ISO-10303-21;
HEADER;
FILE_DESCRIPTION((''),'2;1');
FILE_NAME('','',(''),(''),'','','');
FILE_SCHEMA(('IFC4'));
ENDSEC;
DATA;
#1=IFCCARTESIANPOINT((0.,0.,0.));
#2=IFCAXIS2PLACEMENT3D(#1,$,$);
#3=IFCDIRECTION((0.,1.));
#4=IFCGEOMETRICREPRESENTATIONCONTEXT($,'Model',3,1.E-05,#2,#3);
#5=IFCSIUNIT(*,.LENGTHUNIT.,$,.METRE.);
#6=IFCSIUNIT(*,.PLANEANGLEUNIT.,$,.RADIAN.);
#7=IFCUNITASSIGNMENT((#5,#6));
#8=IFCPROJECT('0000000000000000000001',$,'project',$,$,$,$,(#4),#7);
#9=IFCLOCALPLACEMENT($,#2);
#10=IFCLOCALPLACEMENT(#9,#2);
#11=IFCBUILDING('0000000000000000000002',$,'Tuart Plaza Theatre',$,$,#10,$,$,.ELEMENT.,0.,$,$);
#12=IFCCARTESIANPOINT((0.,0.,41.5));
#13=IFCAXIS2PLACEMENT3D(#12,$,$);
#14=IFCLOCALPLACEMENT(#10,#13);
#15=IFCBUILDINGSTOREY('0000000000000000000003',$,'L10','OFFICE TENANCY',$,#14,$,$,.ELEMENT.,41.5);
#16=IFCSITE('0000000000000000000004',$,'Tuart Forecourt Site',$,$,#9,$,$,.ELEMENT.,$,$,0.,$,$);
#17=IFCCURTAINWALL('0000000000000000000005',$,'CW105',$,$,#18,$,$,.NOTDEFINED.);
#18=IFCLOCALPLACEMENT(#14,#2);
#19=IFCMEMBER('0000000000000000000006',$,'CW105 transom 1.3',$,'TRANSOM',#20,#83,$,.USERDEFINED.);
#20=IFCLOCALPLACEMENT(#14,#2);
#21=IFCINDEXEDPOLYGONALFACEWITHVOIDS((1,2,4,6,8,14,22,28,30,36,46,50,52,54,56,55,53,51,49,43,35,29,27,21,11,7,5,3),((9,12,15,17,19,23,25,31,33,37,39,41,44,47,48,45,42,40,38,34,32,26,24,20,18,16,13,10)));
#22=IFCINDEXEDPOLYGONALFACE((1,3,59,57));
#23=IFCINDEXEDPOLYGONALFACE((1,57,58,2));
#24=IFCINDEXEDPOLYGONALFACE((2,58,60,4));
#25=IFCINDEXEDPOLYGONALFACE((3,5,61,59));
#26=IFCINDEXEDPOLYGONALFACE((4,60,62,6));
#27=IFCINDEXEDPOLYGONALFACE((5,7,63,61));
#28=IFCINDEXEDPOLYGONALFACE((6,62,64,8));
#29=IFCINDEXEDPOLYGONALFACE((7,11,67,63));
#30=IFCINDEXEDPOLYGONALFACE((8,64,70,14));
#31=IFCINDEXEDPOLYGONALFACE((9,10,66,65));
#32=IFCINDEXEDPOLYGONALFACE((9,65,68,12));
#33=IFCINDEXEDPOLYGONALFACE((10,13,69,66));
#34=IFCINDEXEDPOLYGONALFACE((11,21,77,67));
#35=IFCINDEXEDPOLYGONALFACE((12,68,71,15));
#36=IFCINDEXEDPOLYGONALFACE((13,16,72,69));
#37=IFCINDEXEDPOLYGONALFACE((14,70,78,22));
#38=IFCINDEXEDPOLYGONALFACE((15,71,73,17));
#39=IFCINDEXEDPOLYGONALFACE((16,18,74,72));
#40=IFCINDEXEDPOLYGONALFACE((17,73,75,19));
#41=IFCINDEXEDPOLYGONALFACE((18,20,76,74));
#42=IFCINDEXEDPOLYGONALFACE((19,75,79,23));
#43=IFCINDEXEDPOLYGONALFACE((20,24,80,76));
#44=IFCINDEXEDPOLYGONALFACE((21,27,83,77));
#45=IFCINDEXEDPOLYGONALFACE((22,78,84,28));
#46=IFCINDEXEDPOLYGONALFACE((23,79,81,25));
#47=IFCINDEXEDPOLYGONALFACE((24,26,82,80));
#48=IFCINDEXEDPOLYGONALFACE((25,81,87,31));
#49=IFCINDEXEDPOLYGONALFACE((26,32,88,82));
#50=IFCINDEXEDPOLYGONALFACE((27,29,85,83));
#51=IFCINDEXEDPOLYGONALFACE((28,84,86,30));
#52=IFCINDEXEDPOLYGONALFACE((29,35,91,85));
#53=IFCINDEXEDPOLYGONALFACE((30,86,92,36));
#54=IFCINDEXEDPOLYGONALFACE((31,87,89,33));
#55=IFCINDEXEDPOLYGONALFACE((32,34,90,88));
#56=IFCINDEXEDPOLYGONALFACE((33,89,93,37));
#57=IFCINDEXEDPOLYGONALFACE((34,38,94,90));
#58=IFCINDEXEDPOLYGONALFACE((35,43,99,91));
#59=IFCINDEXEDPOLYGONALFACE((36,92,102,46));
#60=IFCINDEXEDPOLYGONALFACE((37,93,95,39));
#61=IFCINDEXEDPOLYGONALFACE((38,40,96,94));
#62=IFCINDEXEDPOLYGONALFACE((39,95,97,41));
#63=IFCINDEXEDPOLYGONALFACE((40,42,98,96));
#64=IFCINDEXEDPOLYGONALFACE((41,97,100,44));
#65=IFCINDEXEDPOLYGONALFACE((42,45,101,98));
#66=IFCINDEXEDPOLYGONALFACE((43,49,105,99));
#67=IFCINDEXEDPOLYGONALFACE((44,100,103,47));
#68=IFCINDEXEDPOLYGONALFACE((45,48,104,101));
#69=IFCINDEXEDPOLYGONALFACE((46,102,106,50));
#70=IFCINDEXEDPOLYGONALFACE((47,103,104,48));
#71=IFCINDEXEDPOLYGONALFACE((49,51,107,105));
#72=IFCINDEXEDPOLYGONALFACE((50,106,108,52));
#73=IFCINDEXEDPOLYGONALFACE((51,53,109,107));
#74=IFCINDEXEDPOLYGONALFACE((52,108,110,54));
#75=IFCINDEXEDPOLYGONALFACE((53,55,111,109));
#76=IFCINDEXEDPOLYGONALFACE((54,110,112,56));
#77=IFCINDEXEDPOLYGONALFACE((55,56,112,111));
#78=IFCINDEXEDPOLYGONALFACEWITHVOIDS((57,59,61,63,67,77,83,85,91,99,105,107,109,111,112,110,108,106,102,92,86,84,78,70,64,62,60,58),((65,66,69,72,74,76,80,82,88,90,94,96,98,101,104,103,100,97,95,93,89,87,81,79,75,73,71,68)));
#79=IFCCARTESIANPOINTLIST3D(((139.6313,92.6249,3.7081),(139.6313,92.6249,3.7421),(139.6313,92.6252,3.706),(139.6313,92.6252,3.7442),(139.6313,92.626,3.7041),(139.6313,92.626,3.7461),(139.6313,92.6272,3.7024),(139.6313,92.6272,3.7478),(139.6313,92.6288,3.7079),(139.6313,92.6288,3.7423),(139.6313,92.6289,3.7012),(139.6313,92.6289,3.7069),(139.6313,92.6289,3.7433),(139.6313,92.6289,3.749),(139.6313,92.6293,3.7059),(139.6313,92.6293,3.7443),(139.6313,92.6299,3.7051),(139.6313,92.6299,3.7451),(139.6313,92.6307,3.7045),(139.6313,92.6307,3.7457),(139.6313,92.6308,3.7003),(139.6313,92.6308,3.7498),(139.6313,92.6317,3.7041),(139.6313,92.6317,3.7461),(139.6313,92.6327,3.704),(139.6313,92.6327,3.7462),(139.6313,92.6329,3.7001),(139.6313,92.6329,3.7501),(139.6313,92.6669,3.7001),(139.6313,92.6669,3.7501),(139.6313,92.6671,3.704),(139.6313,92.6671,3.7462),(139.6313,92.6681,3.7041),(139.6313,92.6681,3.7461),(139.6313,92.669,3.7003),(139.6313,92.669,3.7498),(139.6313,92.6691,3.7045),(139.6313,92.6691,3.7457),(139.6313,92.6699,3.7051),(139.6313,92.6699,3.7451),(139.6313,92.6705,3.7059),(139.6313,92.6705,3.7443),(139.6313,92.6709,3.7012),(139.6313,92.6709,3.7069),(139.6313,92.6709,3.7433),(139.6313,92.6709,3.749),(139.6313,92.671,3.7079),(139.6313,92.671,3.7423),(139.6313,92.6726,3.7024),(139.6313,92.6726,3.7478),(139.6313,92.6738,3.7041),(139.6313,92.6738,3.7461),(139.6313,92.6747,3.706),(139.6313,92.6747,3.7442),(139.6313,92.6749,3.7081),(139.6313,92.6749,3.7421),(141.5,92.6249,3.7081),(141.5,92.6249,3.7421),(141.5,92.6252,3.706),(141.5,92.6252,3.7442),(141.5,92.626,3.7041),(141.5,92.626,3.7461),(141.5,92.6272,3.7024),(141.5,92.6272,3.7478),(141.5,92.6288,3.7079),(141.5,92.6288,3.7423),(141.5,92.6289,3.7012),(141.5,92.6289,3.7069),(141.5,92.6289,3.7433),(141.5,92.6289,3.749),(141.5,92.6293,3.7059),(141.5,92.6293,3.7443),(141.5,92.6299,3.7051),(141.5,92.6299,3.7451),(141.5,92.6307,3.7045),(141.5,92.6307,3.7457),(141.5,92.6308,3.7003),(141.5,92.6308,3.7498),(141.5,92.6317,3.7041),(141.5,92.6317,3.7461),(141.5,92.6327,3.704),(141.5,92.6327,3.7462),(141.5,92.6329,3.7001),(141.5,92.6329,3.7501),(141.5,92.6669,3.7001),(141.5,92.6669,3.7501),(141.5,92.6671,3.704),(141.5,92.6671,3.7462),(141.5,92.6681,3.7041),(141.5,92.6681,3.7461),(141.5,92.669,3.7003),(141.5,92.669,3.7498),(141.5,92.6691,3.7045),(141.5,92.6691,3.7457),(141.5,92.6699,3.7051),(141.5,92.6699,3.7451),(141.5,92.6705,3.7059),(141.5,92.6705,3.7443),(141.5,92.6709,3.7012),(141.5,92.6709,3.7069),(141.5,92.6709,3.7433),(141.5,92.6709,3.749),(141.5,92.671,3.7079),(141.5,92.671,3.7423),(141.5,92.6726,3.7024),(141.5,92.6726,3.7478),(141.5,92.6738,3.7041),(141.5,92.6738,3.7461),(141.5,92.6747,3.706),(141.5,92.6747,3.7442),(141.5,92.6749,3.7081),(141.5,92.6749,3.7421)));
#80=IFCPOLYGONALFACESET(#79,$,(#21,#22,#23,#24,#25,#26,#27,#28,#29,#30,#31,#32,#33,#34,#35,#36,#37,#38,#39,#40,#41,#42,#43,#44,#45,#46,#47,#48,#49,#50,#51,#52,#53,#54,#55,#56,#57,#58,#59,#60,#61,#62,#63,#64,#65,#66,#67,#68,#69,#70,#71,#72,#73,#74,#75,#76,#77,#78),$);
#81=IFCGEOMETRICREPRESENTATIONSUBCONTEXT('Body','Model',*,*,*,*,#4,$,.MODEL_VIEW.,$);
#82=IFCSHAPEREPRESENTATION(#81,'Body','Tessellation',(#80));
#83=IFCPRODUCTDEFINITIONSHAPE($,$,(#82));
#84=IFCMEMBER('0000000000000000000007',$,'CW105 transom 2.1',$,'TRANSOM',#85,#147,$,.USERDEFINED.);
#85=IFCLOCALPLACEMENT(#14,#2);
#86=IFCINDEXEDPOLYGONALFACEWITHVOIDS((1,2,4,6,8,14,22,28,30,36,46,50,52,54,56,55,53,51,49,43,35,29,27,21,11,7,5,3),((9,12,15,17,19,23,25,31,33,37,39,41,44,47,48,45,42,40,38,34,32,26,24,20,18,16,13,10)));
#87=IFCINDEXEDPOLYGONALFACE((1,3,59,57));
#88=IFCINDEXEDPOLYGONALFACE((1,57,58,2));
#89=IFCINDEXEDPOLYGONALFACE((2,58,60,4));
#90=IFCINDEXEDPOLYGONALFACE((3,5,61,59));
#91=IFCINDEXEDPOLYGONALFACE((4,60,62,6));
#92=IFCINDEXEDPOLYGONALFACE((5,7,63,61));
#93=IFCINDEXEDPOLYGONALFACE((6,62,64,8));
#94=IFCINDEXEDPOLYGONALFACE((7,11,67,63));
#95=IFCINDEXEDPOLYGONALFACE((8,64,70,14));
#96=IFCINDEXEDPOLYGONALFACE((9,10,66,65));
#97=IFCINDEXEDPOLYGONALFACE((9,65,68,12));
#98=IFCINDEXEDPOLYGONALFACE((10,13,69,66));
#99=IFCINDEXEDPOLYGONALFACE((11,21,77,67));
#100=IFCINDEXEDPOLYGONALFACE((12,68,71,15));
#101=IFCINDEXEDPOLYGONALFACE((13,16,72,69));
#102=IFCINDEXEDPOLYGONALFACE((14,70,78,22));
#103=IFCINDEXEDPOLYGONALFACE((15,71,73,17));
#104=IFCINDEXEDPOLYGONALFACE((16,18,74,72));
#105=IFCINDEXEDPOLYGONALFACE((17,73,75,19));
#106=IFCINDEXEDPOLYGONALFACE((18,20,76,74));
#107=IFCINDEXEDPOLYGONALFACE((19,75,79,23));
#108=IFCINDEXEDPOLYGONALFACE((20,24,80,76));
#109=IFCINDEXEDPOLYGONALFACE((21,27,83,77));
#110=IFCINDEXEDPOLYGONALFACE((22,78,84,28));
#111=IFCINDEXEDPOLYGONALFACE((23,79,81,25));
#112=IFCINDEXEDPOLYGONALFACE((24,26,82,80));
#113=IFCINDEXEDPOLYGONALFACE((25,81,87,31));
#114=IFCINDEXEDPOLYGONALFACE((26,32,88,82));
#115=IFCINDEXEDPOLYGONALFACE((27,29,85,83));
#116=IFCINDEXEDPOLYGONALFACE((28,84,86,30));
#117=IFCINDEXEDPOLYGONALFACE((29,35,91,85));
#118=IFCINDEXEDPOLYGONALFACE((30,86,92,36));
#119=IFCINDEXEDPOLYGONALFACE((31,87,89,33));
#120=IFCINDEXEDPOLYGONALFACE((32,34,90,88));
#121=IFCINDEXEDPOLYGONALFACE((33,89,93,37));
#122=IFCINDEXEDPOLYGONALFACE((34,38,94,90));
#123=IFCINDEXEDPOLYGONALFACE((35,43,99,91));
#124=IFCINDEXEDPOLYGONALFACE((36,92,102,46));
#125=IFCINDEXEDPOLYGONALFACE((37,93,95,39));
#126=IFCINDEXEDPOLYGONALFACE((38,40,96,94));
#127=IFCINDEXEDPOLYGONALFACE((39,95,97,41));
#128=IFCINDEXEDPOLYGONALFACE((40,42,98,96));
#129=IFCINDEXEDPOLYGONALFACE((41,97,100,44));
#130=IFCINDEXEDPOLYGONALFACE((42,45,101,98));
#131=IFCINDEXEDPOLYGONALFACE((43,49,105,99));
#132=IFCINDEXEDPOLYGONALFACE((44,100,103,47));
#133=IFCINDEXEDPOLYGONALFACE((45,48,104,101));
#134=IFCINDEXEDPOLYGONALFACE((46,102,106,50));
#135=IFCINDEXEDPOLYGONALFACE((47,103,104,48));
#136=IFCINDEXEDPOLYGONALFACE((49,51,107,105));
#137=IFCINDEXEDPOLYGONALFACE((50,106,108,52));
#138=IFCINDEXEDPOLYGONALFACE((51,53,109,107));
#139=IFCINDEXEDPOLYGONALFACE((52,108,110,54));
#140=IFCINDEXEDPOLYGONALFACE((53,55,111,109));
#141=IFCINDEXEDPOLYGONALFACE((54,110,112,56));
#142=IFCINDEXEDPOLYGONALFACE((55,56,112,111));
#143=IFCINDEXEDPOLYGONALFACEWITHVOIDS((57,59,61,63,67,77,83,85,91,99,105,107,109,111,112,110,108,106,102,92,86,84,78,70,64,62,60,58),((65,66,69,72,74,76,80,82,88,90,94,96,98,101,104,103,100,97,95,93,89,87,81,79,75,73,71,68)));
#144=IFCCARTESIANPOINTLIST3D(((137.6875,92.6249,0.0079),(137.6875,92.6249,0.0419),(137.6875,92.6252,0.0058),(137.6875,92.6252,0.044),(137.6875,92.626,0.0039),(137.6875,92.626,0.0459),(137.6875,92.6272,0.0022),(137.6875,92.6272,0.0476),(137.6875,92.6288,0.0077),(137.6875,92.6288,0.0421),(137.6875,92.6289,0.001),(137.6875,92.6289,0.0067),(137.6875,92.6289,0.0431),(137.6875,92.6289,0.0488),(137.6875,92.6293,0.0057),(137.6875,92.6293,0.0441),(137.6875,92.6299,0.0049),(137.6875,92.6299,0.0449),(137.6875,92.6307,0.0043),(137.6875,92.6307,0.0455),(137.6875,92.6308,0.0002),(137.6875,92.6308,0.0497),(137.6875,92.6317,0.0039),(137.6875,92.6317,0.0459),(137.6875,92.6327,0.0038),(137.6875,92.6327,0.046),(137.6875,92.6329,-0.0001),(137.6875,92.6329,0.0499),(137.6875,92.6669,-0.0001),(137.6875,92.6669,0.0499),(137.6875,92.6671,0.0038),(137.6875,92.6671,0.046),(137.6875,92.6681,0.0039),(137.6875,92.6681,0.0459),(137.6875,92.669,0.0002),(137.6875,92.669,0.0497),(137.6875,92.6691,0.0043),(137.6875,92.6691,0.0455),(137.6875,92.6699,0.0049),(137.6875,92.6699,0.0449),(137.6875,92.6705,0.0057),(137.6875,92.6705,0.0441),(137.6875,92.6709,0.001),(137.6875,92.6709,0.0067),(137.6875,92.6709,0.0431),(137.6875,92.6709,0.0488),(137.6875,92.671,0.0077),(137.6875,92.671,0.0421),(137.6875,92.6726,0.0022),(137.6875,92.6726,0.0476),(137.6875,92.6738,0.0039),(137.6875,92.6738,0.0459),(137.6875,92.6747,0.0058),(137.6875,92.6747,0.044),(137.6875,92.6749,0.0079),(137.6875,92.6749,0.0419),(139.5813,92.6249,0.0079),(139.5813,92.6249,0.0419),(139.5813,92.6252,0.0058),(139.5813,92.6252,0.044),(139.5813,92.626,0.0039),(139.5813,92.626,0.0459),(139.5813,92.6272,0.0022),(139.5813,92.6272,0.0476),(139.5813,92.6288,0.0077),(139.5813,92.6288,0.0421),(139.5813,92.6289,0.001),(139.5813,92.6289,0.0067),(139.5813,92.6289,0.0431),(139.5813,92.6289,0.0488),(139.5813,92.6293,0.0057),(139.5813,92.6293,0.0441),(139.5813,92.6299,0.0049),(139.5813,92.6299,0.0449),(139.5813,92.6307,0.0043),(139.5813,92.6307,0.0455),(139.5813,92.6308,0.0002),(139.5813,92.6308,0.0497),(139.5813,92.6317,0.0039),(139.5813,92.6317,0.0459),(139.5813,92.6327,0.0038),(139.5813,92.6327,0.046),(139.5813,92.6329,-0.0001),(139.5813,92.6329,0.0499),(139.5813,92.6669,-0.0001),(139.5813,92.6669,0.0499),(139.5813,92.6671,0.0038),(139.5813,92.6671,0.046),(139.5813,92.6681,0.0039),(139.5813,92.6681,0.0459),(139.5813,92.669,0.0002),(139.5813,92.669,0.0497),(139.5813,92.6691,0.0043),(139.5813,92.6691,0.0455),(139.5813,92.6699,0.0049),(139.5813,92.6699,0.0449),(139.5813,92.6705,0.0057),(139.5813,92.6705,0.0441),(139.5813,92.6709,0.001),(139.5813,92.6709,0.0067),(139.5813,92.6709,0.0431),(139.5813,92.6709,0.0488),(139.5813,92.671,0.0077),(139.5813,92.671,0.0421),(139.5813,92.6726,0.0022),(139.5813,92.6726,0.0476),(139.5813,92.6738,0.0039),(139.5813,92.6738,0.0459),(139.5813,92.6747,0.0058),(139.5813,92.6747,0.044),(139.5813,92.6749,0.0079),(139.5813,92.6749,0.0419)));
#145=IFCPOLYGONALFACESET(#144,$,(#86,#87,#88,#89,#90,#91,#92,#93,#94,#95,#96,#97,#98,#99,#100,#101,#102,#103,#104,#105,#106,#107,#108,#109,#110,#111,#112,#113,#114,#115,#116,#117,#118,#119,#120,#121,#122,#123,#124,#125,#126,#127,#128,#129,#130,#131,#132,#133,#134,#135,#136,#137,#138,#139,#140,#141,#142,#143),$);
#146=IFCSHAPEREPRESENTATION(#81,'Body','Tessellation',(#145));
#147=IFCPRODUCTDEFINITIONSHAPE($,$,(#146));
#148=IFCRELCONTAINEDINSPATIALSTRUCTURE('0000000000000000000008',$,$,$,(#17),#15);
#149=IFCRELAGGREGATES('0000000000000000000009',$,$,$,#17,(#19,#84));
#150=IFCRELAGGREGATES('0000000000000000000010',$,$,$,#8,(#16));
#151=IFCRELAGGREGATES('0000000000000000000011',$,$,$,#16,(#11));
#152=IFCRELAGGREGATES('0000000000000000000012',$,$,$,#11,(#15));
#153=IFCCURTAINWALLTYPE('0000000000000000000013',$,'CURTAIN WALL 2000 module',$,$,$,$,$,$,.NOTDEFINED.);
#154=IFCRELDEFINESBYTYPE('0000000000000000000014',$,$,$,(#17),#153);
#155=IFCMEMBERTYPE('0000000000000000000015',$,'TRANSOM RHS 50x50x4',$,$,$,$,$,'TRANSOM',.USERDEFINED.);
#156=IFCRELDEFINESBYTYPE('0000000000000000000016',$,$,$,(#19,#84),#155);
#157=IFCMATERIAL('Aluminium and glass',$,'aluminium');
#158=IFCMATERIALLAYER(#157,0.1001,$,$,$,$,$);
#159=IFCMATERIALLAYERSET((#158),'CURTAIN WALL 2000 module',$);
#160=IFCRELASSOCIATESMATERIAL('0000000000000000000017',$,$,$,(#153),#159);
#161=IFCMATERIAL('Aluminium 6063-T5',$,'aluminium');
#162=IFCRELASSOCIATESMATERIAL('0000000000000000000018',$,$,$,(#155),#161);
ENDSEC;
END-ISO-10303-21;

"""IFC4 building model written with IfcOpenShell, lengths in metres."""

from ifc_helpers import new_model, si_unit, direction, frame, origin, origin_2d, place, context, subcontext, project, spatial, hollow_rectangle, extrude, material, layer, layer_set, material_profile, profile_set, type_object, element, aggregate, save


model = new_model("IFC4")

# Units and contexts
model_context = context("Model", 3, precision=1e-05, world=origin(), true_north=direction((0.0, 1.0)))
body_context = subcontext(model_context, "Body", "Model", "MODEL_VIEW")
ifc_project = project(units=[si_unit("LENGTHUNIT", "METRE"), si_unit("PLANEANGLEUNIT", "RADIAN")], contexts=[model_context])

# Site, building, storey
site_placement = place(None, origin())
site = spatial("IfcSite", under=ifc_project, at=site_placement, Name="Tuart Forecourt Site", CompositionType="ELEMENT", RefElevation=0.0)
building_placement = place(site_placement, origin())
building = spatial("IfcBuilding", under=site, at=building_placement, Name="Tuart Plaza Theatre", CompositionType="ELEMENT", ElevationOfRefHeight=0.0)
storey_placement = place(building_placement, frame((0.0, 0.0, 41.5)))
storey = spatial("IfcBuildingStorey", under=building, at=storey_placement, Name="L10", Description="OFFICE TENANCY", CompositionType="ELEMENT", Elevation=41.5)

# Curtain wall, members
ifc_material_1 = material(Name="Aluminium and glass", Category="aluminium")
ifc_layer_1 = layer(ifc_material_1, 0.1001)
ifc_layer_set_1 = layer_set([ifc_layer_1], Name="CURTAIN WALL 2000 module")
curtain_wall_type = type_object("IfcCurtainWallType", Name="CURTAIN WALL 2000 module", PredefinedType="NOTDEFINED", material=ifc_layer_set_1)
curtain_wall_placement = place(storey_placement, origin())
curtain_wall = element("IfcCurtainWall", 1, at=curtain_wall_placement, inside=storey, type_object=curtain_wall_type, Name="CW105", PredefinedType="NOTDEFINED")
ifc_material_2 = material(Name="Aluminium 6063-T5", Category="aluminium")
ifc_material_profile_1 = material_profile(ifc_material_2, hollow_rectangle(XDim=0.05, YDim=0.05, WallThickness=0.0039, InnerFilletRadius=0.0039, OuterFilletRadius=0.0081, at=origin_2d()), Name="RHS 50x50x4")
ifc_profile_set_1 = profile_set([ifc_material_profile_1], Name="Aluminium 6063-T5")
member_type_1 = type_object("IfcMemberType", Name="TRANSOM RHS 50x50x4", ElementType="TRANSOM", PredefinedType="USERDEFINED", material=ifc_profile_set_1)
member_1_placement = place(storey_placement, frame((141.5, 92.6499, 3.7251), z_axis=(-1.0, 0.0, 0.0), x_axis=(0.0, -1.0, 0.0)))
member_1 = element("IfcMember", 2, at=member_1_placement, type_object=member_type_1, Name="CW105 transom 1.3", ObjectType="TRANSOM", PredefinedType="USERDEFINED", context=body_context, shape_type="SweptSolid", body=[
    extrude(hollow_rectangle(XDim=0.05, YDim=0.05, WallThickness=0.0039, InnerFilletRadius=0.0039, OuterFilletRadius=0.0081, at=origin_2d()), origin(), (0.0, 0.0, 1.0), 1.8687),
])
member_2_placement = place(storey_placement, frame((139.5813, 92.6499, 0.0249), z_axis=(-1.0, 0.0, 0.0), x_axis=(0.0, -1.0, 0.0)))
member_2 = element("IfcMember", 3, at=member_2_placement, type_object=member_type_1, Name="CW105 transom 2.1", ObjectType="TRANSOM", PredefinedType="USERDEFINED", context=body_context, shape_type="SweptSolid", body=[
    extrude(hollow_rectangle(XDim=0.05, YDim=0.05, WallThickness=0.0039, InnerFilletRadius=0.0039, OuterFilletRadius=0.0081, at=origin_2d()), origin(), (0.0, 0.0, 1.0), 1.8938),
])
aggregate(curtain_wall, [member_1, member_2])

save(model, "model.ifc")
